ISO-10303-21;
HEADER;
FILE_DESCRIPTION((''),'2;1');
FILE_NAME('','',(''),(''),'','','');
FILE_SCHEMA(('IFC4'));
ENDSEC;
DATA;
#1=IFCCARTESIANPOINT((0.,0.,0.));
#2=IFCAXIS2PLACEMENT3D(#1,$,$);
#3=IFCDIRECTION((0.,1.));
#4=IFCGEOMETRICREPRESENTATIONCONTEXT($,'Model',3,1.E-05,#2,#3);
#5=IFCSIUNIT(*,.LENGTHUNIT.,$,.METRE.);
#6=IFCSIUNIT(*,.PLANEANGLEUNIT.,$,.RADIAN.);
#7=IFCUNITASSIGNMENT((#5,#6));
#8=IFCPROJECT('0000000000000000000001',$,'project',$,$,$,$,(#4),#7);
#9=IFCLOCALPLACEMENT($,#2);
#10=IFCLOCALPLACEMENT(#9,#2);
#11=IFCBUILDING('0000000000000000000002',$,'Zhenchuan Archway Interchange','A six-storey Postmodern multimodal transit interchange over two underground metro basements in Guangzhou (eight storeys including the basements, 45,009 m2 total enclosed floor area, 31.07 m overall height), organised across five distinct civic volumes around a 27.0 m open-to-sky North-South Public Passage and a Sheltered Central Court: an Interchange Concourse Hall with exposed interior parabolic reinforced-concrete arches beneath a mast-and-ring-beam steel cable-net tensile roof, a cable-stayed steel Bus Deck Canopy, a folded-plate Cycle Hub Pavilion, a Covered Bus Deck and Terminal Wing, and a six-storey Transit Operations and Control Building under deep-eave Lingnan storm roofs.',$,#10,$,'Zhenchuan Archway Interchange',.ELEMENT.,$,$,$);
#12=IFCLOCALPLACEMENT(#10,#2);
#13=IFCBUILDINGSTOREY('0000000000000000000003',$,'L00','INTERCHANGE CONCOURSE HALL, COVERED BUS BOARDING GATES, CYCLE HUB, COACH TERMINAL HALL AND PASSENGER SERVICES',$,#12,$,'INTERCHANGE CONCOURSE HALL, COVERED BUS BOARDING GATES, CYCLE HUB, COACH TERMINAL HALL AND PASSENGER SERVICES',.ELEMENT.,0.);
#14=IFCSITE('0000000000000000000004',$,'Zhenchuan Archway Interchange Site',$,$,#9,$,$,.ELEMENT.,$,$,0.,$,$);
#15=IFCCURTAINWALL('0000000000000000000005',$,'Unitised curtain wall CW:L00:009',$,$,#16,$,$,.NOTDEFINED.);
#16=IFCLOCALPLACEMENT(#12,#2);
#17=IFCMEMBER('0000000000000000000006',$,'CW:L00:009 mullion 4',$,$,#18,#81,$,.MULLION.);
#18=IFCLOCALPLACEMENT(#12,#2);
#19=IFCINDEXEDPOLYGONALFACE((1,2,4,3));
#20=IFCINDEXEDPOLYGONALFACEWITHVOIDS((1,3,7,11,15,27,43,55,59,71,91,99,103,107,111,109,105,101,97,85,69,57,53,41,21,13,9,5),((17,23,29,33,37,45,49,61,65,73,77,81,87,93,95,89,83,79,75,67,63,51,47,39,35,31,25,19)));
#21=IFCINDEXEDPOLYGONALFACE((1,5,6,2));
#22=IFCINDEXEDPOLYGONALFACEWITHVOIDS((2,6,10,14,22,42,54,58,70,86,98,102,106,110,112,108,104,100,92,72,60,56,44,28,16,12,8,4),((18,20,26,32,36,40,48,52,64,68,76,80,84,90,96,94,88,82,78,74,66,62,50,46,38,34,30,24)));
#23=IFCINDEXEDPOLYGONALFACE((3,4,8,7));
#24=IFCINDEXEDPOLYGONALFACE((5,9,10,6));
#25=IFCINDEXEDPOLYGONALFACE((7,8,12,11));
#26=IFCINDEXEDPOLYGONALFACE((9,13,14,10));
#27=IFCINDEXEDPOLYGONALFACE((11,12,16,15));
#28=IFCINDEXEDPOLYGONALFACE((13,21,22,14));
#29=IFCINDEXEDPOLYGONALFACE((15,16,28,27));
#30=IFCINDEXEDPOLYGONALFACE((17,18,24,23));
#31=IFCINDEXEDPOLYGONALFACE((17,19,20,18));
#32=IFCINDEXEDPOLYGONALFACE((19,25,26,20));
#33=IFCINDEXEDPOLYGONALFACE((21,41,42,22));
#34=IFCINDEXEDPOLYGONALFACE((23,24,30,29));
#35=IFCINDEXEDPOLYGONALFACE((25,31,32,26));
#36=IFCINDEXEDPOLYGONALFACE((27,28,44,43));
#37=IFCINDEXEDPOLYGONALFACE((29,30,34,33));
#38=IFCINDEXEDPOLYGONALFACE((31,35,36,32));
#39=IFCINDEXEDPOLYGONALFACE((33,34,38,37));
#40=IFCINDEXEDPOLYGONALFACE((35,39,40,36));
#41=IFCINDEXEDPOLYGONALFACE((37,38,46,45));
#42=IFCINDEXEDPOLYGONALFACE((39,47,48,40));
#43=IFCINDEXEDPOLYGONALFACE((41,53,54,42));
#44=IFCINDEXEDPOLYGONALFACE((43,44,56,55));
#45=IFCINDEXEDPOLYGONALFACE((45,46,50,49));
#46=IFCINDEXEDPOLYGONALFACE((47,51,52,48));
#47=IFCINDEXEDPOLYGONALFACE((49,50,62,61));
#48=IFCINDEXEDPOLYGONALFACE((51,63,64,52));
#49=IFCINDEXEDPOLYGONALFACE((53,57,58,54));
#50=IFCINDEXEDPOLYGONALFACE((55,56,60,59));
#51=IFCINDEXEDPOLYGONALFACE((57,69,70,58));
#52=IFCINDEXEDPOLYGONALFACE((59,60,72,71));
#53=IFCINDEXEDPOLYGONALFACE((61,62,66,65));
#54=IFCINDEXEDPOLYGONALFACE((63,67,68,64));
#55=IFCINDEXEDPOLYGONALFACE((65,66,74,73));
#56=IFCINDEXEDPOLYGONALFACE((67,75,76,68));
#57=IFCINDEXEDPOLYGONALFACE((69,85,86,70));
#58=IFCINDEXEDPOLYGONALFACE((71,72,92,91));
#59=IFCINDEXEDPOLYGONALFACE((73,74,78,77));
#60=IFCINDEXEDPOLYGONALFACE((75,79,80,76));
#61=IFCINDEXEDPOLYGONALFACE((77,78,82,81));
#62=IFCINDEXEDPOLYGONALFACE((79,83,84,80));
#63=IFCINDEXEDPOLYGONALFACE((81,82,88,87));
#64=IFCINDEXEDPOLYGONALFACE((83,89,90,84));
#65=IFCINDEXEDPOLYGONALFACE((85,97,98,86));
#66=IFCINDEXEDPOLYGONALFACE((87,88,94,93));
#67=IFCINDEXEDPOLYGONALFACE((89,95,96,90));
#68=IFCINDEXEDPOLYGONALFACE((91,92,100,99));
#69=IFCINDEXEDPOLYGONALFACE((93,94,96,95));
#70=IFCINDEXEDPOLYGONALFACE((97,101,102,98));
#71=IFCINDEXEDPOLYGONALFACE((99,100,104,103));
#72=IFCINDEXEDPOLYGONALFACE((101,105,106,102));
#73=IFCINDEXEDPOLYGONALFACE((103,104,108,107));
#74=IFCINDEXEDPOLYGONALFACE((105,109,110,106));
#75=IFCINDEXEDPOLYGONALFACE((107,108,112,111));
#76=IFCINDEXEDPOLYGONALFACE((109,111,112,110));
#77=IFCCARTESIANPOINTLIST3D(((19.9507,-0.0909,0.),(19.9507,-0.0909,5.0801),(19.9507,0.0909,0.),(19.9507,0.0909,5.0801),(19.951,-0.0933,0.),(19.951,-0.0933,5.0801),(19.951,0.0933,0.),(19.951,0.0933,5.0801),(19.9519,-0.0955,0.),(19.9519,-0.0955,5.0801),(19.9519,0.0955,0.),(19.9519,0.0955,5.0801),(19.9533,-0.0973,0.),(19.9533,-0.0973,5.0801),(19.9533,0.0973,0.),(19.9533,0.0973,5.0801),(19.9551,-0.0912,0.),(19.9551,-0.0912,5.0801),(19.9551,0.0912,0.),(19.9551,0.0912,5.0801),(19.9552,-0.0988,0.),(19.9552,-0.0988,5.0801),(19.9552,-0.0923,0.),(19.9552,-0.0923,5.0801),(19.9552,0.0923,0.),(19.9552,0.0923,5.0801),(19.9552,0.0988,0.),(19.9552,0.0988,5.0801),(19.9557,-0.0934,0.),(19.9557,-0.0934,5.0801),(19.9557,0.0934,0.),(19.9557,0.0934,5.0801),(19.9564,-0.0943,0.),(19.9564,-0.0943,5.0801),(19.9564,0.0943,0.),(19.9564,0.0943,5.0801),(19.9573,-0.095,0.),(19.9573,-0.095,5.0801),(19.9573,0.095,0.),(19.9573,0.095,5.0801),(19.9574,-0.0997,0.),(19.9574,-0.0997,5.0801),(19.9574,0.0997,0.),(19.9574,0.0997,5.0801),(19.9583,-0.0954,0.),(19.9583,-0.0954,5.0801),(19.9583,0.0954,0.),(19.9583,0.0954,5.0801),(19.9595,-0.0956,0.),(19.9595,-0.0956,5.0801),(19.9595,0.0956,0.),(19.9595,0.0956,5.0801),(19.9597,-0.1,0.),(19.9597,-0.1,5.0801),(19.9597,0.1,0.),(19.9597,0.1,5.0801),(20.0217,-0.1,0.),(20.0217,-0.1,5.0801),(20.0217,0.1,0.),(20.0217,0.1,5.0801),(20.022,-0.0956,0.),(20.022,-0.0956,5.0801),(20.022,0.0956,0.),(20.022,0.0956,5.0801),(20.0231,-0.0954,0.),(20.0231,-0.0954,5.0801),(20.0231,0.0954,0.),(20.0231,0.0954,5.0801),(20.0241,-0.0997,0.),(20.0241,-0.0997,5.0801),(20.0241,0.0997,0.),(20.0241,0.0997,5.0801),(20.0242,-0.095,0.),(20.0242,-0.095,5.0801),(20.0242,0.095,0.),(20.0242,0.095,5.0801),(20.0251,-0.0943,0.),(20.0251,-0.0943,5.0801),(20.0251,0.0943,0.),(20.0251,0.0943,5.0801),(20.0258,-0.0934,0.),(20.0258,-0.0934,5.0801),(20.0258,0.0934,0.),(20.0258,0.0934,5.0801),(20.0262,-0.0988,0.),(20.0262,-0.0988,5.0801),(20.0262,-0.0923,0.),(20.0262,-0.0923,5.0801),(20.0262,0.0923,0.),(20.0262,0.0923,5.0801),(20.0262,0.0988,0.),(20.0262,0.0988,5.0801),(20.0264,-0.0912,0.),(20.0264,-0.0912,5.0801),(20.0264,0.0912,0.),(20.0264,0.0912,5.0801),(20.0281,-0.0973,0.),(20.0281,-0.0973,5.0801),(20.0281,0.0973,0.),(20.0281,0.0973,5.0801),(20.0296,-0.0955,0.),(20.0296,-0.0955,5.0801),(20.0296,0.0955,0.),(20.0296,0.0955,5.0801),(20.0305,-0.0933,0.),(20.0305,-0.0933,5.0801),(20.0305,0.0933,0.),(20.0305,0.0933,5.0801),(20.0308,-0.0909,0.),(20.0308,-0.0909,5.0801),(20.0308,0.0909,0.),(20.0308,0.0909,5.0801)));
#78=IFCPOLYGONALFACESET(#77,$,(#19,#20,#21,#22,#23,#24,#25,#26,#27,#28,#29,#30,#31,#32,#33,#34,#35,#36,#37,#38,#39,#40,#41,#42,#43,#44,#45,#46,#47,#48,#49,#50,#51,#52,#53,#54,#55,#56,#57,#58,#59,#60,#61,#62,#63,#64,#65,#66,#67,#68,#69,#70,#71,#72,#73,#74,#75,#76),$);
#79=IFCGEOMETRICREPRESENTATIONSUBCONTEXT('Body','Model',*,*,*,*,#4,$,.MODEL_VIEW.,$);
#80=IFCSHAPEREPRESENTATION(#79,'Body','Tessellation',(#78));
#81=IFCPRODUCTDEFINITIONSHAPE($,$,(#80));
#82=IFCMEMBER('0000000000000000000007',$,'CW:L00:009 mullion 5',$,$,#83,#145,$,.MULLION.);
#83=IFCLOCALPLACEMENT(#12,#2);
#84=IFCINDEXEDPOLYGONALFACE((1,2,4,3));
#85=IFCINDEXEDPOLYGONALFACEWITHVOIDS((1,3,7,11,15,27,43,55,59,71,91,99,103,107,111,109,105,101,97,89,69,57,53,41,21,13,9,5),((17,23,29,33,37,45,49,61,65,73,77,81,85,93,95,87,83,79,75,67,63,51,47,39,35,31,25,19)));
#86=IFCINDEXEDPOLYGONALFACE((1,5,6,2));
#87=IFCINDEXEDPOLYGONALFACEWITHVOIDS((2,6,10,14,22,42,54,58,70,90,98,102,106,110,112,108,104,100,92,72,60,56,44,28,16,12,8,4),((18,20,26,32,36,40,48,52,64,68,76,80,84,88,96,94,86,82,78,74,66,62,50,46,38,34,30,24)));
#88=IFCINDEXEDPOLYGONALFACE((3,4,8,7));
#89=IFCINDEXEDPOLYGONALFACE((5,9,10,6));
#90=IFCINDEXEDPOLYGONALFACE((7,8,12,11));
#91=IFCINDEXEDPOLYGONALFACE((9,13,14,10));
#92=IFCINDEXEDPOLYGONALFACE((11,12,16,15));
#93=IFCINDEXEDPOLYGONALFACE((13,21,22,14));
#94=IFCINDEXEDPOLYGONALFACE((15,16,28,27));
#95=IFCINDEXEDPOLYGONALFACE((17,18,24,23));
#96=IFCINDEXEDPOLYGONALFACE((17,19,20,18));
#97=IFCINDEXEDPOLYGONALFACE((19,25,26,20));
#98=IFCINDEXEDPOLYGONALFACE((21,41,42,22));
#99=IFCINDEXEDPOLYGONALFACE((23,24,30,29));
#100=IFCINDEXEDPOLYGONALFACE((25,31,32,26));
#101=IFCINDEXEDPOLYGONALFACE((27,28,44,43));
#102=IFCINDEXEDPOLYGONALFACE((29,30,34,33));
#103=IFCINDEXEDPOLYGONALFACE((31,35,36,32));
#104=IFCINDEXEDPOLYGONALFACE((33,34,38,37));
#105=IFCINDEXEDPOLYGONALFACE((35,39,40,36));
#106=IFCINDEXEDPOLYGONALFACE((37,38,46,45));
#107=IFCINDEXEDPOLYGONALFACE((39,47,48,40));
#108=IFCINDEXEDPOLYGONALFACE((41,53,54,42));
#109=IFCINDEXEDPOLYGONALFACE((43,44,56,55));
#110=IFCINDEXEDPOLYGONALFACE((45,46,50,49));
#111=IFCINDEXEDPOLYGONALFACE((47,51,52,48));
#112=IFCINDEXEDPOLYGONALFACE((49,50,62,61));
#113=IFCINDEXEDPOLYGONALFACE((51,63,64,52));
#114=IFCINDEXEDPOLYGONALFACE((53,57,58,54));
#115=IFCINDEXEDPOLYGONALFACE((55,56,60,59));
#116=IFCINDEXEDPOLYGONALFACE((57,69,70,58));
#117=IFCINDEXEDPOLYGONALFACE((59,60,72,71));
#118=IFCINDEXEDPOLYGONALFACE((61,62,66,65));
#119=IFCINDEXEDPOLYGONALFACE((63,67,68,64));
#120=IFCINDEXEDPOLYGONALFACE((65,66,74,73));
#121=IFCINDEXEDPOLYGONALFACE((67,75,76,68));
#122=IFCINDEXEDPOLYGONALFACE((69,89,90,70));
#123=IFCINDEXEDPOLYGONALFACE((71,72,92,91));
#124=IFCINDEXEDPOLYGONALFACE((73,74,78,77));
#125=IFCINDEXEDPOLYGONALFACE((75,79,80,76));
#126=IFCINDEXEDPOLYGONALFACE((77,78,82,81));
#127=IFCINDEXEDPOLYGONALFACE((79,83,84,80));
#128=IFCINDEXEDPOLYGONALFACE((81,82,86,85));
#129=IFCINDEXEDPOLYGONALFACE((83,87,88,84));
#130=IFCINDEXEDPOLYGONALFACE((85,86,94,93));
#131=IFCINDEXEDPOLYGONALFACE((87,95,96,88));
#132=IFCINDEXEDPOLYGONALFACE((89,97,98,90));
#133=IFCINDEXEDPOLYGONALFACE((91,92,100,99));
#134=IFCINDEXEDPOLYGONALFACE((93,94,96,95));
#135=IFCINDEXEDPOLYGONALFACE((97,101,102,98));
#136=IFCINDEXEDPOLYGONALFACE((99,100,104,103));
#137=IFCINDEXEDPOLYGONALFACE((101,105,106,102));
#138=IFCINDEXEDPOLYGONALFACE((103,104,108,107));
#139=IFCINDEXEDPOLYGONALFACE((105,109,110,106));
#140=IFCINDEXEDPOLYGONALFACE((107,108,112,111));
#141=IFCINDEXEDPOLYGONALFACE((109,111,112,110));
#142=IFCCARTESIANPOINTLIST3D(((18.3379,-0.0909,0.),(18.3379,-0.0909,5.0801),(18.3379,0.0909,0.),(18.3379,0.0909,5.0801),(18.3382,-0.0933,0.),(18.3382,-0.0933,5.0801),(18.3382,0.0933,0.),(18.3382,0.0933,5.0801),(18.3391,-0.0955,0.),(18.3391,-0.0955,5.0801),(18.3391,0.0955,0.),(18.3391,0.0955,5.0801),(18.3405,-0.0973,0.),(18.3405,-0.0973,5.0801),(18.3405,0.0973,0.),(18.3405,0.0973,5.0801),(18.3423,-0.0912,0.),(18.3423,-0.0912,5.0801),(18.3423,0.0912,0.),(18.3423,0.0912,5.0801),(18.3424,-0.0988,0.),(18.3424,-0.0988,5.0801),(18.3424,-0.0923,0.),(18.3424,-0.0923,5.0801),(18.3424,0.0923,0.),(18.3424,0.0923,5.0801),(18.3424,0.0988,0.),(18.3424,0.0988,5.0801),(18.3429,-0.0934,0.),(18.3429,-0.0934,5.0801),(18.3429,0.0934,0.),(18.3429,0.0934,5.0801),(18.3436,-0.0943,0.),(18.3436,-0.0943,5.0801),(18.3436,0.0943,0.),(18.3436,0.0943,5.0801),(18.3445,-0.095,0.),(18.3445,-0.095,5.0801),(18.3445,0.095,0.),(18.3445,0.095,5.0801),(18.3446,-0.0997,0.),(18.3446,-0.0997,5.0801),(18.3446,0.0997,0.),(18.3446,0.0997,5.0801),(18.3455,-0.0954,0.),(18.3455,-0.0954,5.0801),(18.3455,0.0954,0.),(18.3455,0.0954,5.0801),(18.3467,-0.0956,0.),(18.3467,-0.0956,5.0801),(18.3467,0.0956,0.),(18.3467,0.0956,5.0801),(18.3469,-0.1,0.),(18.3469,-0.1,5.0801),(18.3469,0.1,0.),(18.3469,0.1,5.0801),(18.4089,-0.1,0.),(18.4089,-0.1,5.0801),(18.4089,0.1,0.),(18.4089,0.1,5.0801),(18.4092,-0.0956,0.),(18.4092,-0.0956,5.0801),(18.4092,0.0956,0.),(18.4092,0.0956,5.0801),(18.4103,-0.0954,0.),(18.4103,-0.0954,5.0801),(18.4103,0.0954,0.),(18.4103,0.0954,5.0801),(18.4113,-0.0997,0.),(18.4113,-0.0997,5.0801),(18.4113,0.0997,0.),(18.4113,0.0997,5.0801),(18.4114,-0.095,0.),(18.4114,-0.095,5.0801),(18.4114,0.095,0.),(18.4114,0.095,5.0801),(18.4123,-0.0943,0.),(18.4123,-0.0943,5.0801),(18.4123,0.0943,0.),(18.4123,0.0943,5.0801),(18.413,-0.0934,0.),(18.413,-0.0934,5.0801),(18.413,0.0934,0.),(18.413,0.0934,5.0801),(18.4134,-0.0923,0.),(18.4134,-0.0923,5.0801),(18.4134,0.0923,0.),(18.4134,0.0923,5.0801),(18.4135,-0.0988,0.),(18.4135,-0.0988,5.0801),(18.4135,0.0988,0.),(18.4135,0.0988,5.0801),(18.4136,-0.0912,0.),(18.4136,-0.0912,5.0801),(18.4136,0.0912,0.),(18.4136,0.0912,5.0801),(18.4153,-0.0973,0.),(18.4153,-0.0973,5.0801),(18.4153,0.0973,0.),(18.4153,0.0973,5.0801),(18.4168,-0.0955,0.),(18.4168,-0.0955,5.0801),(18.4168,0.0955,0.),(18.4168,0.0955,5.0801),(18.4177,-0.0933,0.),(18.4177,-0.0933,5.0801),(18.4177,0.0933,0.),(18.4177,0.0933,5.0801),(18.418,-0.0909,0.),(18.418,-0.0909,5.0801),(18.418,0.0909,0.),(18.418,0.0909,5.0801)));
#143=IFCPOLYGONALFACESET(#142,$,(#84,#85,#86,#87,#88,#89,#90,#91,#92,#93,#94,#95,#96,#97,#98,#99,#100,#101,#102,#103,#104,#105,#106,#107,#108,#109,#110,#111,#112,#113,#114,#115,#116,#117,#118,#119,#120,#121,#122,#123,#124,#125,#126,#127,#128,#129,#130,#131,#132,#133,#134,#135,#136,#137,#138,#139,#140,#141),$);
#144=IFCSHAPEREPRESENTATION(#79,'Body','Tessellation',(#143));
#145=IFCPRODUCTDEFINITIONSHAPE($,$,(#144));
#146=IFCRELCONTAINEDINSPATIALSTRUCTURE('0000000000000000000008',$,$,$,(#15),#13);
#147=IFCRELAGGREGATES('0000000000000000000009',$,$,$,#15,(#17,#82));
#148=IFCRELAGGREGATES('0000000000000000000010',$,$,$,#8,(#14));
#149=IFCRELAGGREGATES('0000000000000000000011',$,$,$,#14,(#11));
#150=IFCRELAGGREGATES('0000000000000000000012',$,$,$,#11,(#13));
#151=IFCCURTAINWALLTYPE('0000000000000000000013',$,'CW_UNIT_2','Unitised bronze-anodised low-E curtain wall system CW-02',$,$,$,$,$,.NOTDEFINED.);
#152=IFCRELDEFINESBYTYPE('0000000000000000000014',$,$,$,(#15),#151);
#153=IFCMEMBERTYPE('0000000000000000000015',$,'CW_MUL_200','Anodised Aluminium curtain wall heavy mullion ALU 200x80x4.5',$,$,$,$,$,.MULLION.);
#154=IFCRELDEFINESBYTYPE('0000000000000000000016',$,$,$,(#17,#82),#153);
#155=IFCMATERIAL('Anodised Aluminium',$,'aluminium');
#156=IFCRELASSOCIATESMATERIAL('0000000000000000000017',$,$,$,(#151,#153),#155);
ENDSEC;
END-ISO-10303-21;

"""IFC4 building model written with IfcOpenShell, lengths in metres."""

from ifc_helpers import new_model, si_unit, direction, frame, origin, origin_2d, place, context, subcontext, project, spatial, hollow_rectangle, extrude, material, material_profile, profile_set, type_object, element, aggregate, save


model = new_model("IFC4")

# Units and contexts
model_context = context("Model", 3, precision=1e-05, world=origin(), true_north=direction((0.0, 1.0)))
body_context = subcontext(model_context, "Body", "Model", "MODEL_VIEW")
ifc_project = project(units=[si_unit("LENGTHUNIT", "METRE"), si_unit("PLANEANGLEUNIT", "RADIAN")], contexts=[model_context])

# Site, building, storey
site_placement = place(None, origin())
site = spatial("IfcSite", under=ifc_project, at=site_placement, Name="Zhenchuan Archway Interchange Site", CompositionType="ELEMENT", RefElevation=0.0)
building_placement = place(site_placement, origin())
building = spatial("IfcBuilding", under=site, at=building_placement, Name="Zhenchuan Archway Interchange", Description="A six-storey Postmodern multimodal transit interchange over two underground metro basements in Guangzhou (eight storeys including the basements, 45,009 m2 total enclosed floor area, 31.07 m overall height), organised across five distinct civic volumes around a 27.0 m open-to-sky North-South Public Passage and a Sheltered Central Court: an Interchange Concourse Hall with exposed interior parabolic reinforced-concrete arches beneath a mast-and-ring-beam steel cable-net tensile roof, a cable-stayed steel Bus Deck Canopy, a folded-plate Cycle Hub Pavilion, a Covered Bus Deck and Terminal Wing, and a six-storey Transit Operations and Control Building under deep-eave Lingnan storm roofs.", LongName="Zhenchuan Archway Interchange", CompositionType="ELEMENT")
storey_placement = place(building_placement, origin())
storey = spatial("IfcBuildingStorey", under=building, at=storey_placement, Name="L00", Description="INTERCHANGE CONCOURSE HALL, COVERED BUS BOARDING GATES, CYCLE HUB, COACH TERMINAL HALL AND PASSENGER SERVICES", LongName="INTERCHANGE CONCOURSE HALL, COVERED BUS BOARDING GATES, CYCLE HUB, COACH TERMINAL HALL AND PASSENGER SERVICES", CompositionType="ELEMENT", Elevation=0.0)

# Curtain wall, members
ifc_material_1 = material(Name="Anodised Aluminium", Category="aluminium")
curtain_wall_type = type_object("IfcCurtainWallType", Name="CW_UNIT_2", Description="Unitised bronze-anodised low-E curtain wall system CW-02", PredefinedType="NOTDEFINED", material=ifc_material_1)
curtain_wall_placement = place(storey_placement, origin())
curtain_wall = element("IfcCurtainWall", 1, at=curtain_wall_placement, inside=storey, type_object=curtain_wall_type, Name="Unitised curtain wall CW:L00:009", PredefinedType="NOTDEFINED")
ifc_material_profile_1 = material_profile(ifc_material_1, hollow_rectangle(XDim=0.0801, YDim=0.2, WallThickness=0.0044, InnerFilletRadius=0.0044, OuterFilletRadius=0.009, at=origin_2d()), Name="ALU 200x80x4.5")
ifc_profile_set_1 = profile_set([ifc_material_profile_1], Name="Anodised Aluminium")
member_type_1 = type_object("IfcMemberType", Name="CW_MUL_200", Description="Anodised Aluminium curtain wall heavy mullion ALU 200x80x4.5", PredefinedType="MULLION", material=ifc_profile_set_1)
member_1_placement = place(storey_placement, frame((19.9907, 0.0, 0.0), z_axis=(0.0, 0.0, 1.0), x_axis=(1.0, 0.0, 0.0)))
member_1 = element("IfcMember", 2, at=member_1_placement, type_object=member_type_1, Name="CW:L00:009 mullion 4", PredefinedType="MULLION", context=body_context, shape_type="SweptSolid", body=[
    extrude(hollow_rectangle(XDim=0.0801, YDim=0.2, WallThickness=0.0044, InnerFilletRadius=0.0044, OuterFilletRadius=0.009, at=origin_2d()), origin(), (0.0, 0.0, 1.0), 5.0801),
])
member_2_placement = place(storey_placement, frame((18.3779, 0.0, 0.0), z_axis=(0.0, 0.0, 1.0), x_axis=(1.0, 0.0, 0.0)))
member_2 = element("IfcMember", 3, at=member_2_placement, type_object=member_type_1, Name="CW:L00:009 mullion 5", PredefinedType="MULLION", context=body_context, shape_type="SweptSolid", body=[
    extrude(hollow_rectangle(XDim=0.0801, YDim=0.2, WallThickness=0.0044, InnerFilletRadius=0.0044, OuterFilletRadius=0.009, at=origin_2d()), origin(), (0.0, 0.0, 1.0), 5.0801),
])

aggregate(curtain_wall, [member_1, member_2])

save(model, "model.ifc")
